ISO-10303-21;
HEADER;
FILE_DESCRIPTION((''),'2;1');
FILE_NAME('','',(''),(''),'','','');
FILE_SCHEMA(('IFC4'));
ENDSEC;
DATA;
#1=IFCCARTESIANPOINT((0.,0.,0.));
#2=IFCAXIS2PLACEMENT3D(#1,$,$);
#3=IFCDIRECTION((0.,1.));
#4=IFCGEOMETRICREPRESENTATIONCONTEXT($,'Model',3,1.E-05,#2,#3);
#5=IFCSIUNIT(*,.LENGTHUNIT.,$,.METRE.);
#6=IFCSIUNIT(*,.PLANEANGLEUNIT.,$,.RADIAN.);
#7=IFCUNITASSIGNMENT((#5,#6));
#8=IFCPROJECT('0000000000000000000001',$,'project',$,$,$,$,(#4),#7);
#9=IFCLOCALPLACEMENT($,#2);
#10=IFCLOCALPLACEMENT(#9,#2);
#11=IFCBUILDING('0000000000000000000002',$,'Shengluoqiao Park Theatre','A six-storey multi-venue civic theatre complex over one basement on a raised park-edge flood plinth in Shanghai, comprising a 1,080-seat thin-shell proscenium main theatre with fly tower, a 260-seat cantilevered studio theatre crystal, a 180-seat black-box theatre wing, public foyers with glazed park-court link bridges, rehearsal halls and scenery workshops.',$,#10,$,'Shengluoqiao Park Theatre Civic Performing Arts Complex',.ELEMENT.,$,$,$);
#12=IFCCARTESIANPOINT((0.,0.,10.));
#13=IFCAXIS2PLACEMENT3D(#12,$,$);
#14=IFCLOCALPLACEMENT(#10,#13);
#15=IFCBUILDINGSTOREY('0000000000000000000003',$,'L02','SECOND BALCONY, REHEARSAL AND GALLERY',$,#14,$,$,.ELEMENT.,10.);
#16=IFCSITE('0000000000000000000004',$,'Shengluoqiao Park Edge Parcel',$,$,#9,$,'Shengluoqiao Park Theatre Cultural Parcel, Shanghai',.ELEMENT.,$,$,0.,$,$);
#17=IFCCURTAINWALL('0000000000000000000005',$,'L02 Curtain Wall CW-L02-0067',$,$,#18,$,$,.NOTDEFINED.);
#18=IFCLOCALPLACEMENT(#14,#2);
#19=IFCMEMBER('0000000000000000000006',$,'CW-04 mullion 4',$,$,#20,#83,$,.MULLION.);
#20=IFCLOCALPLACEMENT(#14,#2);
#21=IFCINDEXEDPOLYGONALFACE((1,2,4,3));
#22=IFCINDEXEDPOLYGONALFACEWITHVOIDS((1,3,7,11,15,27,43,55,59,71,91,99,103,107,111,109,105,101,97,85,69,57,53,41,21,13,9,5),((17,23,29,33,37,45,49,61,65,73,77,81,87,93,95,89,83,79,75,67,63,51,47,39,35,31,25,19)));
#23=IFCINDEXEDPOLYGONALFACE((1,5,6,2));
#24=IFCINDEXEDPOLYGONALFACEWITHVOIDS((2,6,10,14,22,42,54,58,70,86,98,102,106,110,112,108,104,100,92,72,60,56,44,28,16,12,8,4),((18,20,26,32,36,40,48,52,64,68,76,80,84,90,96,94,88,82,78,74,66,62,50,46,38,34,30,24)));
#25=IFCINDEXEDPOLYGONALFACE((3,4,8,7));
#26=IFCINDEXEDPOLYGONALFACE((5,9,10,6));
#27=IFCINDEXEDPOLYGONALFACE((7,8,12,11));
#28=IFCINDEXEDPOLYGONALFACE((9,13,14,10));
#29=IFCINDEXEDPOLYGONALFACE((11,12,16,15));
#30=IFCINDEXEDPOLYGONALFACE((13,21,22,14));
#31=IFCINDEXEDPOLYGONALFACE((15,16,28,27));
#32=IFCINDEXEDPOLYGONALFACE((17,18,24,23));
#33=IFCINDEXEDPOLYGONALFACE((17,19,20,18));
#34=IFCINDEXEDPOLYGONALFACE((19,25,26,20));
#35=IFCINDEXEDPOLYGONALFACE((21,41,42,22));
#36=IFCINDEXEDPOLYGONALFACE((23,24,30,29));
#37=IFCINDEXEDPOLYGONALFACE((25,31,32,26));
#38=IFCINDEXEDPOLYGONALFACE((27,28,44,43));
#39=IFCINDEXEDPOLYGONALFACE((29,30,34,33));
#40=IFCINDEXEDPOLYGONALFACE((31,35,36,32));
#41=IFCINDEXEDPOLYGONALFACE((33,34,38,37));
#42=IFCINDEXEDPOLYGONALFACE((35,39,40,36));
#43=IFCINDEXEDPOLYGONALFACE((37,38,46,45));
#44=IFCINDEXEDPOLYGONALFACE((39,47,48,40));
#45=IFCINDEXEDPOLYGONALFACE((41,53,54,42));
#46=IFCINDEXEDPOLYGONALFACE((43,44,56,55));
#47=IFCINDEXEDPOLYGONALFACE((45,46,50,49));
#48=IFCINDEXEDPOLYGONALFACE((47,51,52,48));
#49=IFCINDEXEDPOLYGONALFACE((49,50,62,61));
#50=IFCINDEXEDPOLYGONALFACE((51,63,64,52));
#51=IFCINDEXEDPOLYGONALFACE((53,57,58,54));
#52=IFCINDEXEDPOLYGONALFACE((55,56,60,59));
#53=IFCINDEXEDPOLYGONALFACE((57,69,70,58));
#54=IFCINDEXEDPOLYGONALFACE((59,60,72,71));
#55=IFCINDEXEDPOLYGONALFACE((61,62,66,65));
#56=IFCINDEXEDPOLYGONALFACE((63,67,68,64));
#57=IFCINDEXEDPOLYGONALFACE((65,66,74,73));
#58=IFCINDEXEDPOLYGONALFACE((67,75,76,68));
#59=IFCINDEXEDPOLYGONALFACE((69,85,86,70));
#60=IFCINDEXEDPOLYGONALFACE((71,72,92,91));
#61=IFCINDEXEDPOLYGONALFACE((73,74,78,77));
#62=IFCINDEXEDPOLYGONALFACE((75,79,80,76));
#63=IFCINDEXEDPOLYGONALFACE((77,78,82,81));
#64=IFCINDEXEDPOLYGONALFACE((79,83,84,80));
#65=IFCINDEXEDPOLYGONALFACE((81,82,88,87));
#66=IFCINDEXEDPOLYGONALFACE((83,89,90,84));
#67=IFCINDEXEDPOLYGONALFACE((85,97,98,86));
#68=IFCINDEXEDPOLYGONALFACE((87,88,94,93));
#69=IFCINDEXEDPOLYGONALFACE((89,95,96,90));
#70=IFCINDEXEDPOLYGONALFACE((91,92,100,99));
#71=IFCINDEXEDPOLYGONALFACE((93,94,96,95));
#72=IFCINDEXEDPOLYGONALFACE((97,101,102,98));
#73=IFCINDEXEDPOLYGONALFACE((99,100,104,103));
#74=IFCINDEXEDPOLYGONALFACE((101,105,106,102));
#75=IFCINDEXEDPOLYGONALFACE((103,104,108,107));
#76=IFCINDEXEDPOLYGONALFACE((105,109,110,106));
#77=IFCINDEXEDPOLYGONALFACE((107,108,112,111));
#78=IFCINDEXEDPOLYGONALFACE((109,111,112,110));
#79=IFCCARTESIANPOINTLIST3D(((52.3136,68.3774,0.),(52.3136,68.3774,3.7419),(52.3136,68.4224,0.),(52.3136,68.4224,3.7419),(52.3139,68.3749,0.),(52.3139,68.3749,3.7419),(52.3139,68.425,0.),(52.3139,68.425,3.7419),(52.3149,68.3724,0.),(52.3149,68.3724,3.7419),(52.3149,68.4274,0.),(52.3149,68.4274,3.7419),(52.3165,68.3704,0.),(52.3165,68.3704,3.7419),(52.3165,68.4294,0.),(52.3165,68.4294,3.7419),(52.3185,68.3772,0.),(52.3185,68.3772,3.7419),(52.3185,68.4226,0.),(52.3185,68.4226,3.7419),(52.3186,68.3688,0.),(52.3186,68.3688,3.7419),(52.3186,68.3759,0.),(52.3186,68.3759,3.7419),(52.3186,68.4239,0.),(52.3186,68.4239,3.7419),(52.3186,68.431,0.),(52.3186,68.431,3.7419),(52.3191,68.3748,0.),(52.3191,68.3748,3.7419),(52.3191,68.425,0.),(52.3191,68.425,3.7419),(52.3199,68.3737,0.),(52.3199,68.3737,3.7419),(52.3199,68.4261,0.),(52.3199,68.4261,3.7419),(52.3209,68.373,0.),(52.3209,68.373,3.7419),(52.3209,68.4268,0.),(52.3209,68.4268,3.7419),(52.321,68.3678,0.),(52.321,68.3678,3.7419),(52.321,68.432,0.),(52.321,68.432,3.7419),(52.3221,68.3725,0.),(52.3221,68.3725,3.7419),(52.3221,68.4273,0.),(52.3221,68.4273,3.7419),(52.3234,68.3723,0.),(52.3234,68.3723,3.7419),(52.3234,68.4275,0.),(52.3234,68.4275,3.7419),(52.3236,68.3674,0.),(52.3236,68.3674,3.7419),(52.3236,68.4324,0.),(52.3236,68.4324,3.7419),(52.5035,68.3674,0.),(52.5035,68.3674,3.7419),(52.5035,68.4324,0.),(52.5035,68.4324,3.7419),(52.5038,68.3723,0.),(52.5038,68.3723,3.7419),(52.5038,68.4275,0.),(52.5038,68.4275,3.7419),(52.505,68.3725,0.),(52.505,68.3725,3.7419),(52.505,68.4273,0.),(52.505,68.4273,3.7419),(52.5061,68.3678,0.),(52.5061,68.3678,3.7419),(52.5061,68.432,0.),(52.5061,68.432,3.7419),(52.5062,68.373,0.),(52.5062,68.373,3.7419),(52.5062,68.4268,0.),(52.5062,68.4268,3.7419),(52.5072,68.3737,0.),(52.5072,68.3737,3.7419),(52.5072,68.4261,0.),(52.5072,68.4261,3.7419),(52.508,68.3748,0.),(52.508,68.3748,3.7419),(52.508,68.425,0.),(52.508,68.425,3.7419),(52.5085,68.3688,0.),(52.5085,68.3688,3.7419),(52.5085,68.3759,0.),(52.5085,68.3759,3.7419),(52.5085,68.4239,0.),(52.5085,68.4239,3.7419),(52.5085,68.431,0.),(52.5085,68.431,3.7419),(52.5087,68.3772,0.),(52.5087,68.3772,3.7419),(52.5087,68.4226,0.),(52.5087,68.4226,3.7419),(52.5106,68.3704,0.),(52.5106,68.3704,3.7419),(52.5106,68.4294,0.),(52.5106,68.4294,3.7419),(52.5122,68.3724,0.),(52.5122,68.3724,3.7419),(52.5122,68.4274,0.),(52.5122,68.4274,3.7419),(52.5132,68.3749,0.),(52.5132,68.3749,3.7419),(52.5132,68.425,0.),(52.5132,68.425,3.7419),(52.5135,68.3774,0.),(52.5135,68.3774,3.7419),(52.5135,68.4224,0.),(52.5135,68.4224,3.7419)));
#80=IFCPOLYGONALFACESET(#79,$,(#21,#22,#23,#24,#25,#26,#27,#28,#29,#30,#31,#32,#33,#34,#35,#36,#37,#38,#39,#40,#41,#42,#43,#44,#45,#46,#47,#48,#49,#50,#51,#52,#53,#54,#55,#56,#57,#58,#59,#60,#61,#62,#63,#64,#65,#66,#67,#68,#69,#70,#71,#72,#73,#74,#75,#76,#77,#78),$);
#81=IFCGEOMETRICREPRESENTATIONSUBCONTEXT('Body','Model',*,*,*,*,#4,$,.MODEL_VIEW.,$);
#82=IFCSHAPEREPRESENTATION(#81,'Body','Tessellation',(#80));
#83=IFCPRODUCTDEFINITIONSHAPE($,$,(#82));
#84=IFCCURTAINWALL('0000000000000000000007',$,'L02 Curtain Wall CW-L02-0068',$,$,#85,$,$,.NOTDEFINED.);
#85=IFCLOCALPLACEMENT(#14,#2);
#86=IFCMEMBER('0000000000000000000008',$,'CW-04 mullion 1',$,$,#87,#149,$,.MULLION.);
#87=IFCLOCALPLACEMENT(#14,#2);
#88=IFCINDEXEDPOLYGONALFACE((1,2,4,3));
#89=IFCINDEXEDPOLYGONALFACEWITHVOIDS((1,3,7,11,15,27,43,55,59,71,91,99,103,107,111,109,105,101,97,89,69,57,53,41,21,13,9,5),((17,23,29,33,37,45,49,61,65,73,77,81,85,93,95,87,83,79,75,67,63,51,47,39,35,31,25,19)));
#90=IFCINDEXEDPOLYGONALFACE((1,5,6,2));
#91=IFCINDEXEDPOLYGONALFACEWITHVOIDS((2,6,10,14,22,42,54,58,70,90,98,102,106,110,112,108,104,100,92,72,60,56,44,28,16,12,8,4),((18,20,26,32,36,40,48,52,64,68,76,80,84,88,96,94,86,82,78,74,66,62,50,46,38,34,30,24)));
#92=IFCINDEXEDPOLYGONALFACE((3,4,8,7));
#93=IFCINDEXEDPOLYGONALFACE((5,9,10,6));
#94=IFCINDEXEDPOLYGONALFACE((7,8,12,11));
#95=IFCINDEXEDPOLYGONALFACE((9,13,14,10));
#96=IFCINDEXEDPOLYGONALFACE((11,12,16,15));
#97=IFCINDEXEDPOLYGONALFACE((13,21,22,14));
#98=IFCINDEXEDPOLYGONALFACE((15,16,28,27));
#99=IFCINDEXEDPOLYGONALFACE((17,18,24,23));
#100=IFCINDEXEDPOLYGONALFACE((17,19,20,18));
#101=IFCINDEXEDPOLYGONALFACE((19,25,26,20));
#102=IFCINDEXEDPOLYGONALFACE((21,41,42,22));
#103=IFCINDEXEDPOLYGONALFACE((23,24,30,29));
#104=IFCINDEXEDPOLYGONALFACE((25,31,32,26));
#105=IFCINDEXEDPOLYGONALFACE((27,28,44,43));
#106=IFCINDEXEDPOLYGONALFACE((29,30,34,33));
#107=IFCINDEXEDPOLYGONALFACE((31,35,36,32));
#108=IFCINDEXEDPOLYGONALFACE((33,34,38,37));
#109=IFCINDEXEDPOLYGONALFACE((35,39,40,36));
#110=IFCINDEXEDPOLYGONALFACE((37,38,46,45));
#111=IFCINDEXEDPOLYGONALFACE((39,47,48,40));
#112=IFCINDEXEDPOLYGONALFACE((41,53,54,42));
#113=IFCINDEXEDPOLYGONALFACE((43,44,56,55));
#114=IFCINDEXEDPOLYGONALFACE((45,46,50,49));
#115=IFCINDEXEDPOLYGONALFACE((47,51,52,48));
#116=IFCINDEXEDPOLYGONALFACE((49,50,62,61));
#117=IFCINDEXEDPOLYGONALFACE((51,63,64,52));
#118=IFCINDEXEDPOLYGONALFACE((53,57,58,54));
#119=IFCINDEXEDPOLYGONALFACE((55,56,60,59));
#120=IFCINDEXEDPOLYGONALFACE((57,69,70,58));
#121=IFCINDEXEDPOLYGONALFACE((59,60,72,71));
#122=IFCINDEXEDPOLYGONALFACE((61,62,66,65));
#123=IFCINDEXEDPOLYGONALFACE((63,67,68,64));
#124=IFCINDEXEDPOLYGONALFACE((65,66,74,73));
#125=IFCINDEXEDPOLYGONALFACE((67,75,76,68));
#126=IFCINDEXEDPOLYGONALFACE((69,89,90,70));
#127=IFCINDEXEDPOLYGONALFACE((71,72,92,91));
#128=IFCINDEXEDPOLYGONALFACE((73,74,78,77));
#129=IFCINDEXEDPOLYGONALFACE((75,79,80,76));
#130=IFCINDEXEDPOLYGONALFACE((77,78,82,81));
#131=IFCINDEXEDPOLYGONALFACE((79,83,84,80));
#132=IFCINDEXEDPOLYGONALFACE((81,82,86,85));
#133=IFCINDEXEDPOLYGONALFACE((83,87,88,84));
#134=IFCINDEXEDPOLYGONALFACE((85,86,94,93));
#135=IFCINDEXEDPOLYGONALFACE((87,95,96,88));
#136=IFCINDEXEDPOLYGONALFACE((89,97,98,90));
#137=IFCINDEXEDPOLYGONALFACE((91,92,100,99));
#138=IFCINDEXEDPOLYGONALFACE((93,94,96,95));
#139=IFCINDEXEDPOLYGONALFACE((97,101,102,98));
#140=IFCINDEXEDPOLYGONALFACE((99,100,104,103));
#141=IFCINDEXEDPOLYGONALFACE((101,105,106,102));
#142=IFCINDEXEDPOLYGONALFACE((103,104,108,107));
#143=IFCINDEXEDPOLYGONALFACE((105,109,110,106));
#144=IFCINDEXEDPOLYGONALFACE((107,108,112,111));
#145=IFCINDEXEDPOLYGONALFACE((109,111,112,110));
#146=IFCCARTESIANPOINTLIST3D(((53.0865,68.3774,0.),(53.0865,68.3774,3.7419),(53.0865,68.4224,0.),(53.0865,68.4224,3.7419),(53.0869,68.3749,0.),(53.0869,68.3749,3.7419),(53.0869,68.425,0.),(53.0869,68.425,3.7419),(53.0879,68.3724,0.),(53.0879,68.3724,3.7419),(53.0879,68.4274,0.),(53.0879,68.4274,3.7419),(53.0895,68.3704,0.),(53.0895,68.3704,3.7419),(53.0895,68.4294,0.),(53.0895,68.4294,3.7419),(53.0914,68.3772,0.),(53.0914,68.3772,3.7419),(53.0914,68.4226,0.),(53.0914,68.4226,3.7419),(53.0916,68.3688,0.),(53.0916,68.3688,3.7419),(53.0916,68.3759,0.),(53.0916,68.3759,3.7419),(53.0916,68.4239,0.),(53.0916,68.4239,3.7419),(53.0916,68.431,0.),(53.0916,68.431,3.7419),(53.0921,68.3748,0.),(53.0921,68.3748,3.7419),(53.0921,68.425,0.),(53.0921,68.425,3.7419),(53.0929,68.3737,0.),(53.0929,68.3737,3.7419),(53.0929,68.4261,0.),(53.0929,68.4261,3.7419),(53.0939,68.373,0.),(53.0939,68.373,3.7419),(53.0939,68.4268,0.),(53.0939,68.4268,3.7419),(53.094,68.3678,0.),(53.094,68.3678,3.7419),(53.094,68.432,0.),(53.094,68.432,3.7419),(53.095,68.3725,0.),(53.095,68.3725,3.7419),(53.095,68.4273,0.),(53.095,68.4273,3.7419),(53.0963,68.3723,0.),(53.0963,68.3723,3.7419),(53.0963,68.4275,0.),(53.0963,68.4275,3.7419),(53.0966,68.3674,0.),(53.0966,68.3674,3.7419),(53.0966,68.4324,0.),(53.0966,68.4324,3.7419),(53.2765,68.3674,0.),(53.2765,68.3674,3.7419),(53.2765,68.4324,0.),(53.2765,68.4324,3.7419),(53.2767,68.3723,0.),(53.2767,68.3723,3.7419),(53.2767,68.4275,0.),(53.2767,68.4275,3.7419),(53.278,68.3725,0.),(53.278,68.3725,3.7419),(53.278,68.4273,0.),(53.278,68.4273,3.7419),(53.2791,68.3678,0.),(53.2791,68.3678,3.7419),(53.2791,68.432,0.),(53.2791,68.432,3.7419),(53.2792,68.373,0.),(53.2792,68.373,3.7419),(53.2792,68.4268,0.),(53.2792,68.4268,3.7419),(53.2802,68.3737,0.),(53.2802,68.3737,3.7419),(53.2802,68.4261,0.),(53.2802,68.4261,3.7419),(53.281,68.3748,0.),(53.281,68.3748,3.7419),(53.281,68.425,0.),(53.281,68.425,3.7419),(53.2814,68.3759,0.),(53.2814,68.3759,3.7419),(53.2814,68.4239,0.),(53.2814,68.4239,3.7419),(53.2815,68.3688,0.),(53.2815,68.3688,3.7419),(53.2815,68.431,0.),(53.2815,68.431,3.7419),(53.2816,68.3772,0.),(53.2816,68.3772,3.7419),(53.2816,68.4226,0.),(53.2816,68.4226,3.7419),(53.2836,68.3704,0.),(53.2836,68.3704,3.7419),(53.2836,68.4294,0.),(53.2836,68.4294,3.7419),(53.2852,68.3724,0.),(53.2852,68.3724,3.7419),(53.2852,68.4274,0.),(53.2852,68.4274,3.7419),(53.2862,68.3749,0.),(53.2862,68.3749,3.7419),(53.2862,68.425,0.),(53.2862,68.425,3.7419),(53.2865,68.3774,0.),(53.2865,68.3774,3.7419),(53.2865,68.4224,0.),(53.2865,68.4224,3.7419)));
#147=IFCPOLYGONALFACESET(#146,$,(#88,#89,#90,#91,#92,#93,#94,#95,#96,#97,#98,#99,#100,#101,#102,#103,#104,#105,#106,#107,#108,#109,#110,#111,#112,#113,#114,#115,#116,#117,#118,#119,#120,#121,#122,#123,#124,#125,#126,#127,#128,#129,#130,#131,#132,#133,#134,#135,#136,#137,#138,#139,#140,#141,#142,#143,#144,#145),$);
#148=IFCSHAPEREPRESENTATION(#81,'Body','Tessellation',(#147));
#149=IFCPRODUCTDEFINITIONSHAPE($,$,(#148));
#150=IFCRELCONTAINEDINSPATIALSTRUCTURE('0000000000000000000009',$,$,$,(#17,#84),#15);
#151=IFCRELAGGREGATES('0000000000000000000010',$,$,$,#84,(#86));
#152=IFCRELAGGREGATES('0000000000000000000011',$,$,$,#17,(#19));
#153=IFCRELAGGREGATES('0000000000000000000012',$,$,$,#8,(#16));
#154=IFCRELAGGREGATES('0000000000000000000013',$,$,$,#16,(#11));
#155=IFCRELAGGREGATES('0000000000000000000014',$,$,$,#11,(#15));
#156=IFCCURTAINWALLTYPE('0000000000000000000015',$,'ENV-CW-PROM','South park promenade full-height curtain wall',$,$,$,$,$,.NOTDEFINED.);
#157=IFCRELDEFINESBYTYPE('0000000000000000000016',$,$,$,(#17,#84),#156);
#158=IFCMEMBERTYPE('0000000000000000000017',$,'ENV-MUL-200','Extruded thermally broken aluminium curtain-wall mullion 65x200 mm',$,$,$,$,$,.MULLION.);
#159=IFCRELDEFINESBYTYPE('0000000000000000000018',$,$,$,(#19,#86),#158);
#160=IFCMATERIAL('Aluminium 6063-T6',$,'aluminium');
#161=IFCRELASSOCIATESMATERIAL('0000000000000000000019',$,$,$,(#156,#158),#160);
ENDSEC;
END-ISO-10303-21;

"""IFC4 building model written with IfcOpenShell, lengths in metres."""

from ifc_helpers import new_model, si_unit, direction, frame, origin, origin_2d, place, context, subcontext, project, spatial, hollow_rectangle, extrude, material, material_profile, profile_set, type_object, element, aggregate, save


model = new_model("IFC4")

# Units and contexts
model_context = context("Model", 3, precision=1e-05, world=origin(), true_north=direction((0.0, 1.0)))
body_context = subcontext(model_context, "Body", "Model", "MODEL_VIEW")
ifc_project = project(units=[si_unit("LENGTHUNIT", "METRE"), si_unit("PLANEANGLEUNIT", "RADIAN")], contexts=[model_context])

# Site, building, storey
site_placement = place(None, origin())
site = spatial("IfcSite", under=ifc_project, at=site_placement, Name="Shengluoqiao Park Edge Parcel", LongName="Shengluoqiao Park Theatre Cultural Parcel, Shanghai", CompositionType="ELEMENT", RefElevation=0.0)
building_placement = place(site_placement, origin())
building = spatial("IfcBuilding", under=site, at=building_placement, Name="Shengluoqiao Park Theatre", Description="A six-storey multi-venue civic theatre complex over one basement on a raised park-edge flood plinth in Shanghai, comprising a 1,080-seat thin-shell proscenium main theatre with fly tower, a 260-seat cantilevered studio theatre crystal, a 180-seat black-box theatre wing, public foyers with glazed park-court link bridges, rehearsal halls and scenery workshops.", LongName="Shengluoqiao Park Theatre Civic Performing Arts Complex", CompositionType="ELEMENT")
storey_placement = place(building_placement, frame((0.0, 0.0, 10.0)))
storey = spatial("IfcBuildingStorey", under=building, at=storey_placement, Name="L02", Description="SECOND BALCONY, REHEARSAL AND GALLERY", CompositionType="ELEMENT", Elevation=10.0)

# Curtain wall, member
ifc_material_1 = material(Name="Aluminium 6063-T6", Category="aluminium")
curtain_wall_type = type_object("IfcCurtainWallType", Name="ENV-CW-PROM", Description="South park promenade full-height curtain wall", PredefinedType="NOTDEFINED", material=ifc_material_1)
curtain_wall_1_placement = place(storey_placement, origin())
curtain_wall_1 = element("IfcCurtainWall", 1, at=curtain_wall_1_placement, inside=storey, type_object=curtain_wall_type, Name="L02 Curtain Wall CW-L02-0067", PredefinedType="NOTDEFINED")
ifc_material_profile_1 = material_profile(ifc_material_1, hollow_rectangle(XDim=0.0649, YDim=0.2, WallThickness=0.0049, InnerFilletRadius=0.0049, OuterFilletRadius=0.01, at=origin_2d()), Name="ALU MULLION 200x65x5")
ifc_profile_set_1 = profile_set([ifc_material_profile_1], Name="Aluminium 6063-T6")
member_type_1 = type_object("IfcMemberType", Name="ENV-MUL-200", Description="Extruded thermally broken aluminium curtain-wall mullion 65x200 mm", PredefinedType="MULLION", material=ifc_profile_set_1)
member_1_placement = place(storey_placement, frame((52.4136, 68.3999, 0.0), z_axis=(0.0, 0.0, 1.0), x_axis=(0.0, 1.0, 0.0)))
member_1 = element("IfcMember", 2, at=member_1_placement, type_object=member_type_1, Name="CW-04 mullion 4", PredefinedType="MULLION", context=body_context, shape_type="SweptSolid", body=[
    extrude(hollow_rectangle(XDim=0.0649, YDim=0.2, WallThickness=0.0049, InnerFilletRadius=0.0049, OuterFilletRadius=0.01, at=origin_2d()), origin(), (0.0, 0.0, 1.0), 3.7419),
])

# Curtain wall, member
curtain_wall_2_placement = place(storey_placement, origin())
curtain_wall_2 = element("IfcCurtainWall", 3, at=curtain_wall_2_placement, inside=storey, type_object=curtain_wall_type, Name="L02 Curtain Wall CW-L02-0068", PredefinedType="NOTDEFINED")
member_2_placement = place(storey_placement, frame((53.1865, 68.3999, 0.0), z_axis=(0.0, 0.0, 1.0), x_axis=(0.0, 1.0, 0.0)))
member_2 = element("IfcMember", 4, at=member_2_placement, type_object=member_type_1, Name="CW-04 mullion 1", PredefinedType="MULLION", context=body_context, shape_type="SweptSolid", body=[
    extrude(hollow_rectangle(XDim=0.0649, YDim=0.2, WallThickness=0.0049, InnerFilletRadius=0.0049, OuterFilletRadius=0.01, at=origin_2d()), origin(), (0.0, 0.0, 1.0), 3.7419),
])

aggregate(curtain_wall_2, [member_2])

aggregate(curtain_wall_1, [member_1])

save(model, "model.ifc")
